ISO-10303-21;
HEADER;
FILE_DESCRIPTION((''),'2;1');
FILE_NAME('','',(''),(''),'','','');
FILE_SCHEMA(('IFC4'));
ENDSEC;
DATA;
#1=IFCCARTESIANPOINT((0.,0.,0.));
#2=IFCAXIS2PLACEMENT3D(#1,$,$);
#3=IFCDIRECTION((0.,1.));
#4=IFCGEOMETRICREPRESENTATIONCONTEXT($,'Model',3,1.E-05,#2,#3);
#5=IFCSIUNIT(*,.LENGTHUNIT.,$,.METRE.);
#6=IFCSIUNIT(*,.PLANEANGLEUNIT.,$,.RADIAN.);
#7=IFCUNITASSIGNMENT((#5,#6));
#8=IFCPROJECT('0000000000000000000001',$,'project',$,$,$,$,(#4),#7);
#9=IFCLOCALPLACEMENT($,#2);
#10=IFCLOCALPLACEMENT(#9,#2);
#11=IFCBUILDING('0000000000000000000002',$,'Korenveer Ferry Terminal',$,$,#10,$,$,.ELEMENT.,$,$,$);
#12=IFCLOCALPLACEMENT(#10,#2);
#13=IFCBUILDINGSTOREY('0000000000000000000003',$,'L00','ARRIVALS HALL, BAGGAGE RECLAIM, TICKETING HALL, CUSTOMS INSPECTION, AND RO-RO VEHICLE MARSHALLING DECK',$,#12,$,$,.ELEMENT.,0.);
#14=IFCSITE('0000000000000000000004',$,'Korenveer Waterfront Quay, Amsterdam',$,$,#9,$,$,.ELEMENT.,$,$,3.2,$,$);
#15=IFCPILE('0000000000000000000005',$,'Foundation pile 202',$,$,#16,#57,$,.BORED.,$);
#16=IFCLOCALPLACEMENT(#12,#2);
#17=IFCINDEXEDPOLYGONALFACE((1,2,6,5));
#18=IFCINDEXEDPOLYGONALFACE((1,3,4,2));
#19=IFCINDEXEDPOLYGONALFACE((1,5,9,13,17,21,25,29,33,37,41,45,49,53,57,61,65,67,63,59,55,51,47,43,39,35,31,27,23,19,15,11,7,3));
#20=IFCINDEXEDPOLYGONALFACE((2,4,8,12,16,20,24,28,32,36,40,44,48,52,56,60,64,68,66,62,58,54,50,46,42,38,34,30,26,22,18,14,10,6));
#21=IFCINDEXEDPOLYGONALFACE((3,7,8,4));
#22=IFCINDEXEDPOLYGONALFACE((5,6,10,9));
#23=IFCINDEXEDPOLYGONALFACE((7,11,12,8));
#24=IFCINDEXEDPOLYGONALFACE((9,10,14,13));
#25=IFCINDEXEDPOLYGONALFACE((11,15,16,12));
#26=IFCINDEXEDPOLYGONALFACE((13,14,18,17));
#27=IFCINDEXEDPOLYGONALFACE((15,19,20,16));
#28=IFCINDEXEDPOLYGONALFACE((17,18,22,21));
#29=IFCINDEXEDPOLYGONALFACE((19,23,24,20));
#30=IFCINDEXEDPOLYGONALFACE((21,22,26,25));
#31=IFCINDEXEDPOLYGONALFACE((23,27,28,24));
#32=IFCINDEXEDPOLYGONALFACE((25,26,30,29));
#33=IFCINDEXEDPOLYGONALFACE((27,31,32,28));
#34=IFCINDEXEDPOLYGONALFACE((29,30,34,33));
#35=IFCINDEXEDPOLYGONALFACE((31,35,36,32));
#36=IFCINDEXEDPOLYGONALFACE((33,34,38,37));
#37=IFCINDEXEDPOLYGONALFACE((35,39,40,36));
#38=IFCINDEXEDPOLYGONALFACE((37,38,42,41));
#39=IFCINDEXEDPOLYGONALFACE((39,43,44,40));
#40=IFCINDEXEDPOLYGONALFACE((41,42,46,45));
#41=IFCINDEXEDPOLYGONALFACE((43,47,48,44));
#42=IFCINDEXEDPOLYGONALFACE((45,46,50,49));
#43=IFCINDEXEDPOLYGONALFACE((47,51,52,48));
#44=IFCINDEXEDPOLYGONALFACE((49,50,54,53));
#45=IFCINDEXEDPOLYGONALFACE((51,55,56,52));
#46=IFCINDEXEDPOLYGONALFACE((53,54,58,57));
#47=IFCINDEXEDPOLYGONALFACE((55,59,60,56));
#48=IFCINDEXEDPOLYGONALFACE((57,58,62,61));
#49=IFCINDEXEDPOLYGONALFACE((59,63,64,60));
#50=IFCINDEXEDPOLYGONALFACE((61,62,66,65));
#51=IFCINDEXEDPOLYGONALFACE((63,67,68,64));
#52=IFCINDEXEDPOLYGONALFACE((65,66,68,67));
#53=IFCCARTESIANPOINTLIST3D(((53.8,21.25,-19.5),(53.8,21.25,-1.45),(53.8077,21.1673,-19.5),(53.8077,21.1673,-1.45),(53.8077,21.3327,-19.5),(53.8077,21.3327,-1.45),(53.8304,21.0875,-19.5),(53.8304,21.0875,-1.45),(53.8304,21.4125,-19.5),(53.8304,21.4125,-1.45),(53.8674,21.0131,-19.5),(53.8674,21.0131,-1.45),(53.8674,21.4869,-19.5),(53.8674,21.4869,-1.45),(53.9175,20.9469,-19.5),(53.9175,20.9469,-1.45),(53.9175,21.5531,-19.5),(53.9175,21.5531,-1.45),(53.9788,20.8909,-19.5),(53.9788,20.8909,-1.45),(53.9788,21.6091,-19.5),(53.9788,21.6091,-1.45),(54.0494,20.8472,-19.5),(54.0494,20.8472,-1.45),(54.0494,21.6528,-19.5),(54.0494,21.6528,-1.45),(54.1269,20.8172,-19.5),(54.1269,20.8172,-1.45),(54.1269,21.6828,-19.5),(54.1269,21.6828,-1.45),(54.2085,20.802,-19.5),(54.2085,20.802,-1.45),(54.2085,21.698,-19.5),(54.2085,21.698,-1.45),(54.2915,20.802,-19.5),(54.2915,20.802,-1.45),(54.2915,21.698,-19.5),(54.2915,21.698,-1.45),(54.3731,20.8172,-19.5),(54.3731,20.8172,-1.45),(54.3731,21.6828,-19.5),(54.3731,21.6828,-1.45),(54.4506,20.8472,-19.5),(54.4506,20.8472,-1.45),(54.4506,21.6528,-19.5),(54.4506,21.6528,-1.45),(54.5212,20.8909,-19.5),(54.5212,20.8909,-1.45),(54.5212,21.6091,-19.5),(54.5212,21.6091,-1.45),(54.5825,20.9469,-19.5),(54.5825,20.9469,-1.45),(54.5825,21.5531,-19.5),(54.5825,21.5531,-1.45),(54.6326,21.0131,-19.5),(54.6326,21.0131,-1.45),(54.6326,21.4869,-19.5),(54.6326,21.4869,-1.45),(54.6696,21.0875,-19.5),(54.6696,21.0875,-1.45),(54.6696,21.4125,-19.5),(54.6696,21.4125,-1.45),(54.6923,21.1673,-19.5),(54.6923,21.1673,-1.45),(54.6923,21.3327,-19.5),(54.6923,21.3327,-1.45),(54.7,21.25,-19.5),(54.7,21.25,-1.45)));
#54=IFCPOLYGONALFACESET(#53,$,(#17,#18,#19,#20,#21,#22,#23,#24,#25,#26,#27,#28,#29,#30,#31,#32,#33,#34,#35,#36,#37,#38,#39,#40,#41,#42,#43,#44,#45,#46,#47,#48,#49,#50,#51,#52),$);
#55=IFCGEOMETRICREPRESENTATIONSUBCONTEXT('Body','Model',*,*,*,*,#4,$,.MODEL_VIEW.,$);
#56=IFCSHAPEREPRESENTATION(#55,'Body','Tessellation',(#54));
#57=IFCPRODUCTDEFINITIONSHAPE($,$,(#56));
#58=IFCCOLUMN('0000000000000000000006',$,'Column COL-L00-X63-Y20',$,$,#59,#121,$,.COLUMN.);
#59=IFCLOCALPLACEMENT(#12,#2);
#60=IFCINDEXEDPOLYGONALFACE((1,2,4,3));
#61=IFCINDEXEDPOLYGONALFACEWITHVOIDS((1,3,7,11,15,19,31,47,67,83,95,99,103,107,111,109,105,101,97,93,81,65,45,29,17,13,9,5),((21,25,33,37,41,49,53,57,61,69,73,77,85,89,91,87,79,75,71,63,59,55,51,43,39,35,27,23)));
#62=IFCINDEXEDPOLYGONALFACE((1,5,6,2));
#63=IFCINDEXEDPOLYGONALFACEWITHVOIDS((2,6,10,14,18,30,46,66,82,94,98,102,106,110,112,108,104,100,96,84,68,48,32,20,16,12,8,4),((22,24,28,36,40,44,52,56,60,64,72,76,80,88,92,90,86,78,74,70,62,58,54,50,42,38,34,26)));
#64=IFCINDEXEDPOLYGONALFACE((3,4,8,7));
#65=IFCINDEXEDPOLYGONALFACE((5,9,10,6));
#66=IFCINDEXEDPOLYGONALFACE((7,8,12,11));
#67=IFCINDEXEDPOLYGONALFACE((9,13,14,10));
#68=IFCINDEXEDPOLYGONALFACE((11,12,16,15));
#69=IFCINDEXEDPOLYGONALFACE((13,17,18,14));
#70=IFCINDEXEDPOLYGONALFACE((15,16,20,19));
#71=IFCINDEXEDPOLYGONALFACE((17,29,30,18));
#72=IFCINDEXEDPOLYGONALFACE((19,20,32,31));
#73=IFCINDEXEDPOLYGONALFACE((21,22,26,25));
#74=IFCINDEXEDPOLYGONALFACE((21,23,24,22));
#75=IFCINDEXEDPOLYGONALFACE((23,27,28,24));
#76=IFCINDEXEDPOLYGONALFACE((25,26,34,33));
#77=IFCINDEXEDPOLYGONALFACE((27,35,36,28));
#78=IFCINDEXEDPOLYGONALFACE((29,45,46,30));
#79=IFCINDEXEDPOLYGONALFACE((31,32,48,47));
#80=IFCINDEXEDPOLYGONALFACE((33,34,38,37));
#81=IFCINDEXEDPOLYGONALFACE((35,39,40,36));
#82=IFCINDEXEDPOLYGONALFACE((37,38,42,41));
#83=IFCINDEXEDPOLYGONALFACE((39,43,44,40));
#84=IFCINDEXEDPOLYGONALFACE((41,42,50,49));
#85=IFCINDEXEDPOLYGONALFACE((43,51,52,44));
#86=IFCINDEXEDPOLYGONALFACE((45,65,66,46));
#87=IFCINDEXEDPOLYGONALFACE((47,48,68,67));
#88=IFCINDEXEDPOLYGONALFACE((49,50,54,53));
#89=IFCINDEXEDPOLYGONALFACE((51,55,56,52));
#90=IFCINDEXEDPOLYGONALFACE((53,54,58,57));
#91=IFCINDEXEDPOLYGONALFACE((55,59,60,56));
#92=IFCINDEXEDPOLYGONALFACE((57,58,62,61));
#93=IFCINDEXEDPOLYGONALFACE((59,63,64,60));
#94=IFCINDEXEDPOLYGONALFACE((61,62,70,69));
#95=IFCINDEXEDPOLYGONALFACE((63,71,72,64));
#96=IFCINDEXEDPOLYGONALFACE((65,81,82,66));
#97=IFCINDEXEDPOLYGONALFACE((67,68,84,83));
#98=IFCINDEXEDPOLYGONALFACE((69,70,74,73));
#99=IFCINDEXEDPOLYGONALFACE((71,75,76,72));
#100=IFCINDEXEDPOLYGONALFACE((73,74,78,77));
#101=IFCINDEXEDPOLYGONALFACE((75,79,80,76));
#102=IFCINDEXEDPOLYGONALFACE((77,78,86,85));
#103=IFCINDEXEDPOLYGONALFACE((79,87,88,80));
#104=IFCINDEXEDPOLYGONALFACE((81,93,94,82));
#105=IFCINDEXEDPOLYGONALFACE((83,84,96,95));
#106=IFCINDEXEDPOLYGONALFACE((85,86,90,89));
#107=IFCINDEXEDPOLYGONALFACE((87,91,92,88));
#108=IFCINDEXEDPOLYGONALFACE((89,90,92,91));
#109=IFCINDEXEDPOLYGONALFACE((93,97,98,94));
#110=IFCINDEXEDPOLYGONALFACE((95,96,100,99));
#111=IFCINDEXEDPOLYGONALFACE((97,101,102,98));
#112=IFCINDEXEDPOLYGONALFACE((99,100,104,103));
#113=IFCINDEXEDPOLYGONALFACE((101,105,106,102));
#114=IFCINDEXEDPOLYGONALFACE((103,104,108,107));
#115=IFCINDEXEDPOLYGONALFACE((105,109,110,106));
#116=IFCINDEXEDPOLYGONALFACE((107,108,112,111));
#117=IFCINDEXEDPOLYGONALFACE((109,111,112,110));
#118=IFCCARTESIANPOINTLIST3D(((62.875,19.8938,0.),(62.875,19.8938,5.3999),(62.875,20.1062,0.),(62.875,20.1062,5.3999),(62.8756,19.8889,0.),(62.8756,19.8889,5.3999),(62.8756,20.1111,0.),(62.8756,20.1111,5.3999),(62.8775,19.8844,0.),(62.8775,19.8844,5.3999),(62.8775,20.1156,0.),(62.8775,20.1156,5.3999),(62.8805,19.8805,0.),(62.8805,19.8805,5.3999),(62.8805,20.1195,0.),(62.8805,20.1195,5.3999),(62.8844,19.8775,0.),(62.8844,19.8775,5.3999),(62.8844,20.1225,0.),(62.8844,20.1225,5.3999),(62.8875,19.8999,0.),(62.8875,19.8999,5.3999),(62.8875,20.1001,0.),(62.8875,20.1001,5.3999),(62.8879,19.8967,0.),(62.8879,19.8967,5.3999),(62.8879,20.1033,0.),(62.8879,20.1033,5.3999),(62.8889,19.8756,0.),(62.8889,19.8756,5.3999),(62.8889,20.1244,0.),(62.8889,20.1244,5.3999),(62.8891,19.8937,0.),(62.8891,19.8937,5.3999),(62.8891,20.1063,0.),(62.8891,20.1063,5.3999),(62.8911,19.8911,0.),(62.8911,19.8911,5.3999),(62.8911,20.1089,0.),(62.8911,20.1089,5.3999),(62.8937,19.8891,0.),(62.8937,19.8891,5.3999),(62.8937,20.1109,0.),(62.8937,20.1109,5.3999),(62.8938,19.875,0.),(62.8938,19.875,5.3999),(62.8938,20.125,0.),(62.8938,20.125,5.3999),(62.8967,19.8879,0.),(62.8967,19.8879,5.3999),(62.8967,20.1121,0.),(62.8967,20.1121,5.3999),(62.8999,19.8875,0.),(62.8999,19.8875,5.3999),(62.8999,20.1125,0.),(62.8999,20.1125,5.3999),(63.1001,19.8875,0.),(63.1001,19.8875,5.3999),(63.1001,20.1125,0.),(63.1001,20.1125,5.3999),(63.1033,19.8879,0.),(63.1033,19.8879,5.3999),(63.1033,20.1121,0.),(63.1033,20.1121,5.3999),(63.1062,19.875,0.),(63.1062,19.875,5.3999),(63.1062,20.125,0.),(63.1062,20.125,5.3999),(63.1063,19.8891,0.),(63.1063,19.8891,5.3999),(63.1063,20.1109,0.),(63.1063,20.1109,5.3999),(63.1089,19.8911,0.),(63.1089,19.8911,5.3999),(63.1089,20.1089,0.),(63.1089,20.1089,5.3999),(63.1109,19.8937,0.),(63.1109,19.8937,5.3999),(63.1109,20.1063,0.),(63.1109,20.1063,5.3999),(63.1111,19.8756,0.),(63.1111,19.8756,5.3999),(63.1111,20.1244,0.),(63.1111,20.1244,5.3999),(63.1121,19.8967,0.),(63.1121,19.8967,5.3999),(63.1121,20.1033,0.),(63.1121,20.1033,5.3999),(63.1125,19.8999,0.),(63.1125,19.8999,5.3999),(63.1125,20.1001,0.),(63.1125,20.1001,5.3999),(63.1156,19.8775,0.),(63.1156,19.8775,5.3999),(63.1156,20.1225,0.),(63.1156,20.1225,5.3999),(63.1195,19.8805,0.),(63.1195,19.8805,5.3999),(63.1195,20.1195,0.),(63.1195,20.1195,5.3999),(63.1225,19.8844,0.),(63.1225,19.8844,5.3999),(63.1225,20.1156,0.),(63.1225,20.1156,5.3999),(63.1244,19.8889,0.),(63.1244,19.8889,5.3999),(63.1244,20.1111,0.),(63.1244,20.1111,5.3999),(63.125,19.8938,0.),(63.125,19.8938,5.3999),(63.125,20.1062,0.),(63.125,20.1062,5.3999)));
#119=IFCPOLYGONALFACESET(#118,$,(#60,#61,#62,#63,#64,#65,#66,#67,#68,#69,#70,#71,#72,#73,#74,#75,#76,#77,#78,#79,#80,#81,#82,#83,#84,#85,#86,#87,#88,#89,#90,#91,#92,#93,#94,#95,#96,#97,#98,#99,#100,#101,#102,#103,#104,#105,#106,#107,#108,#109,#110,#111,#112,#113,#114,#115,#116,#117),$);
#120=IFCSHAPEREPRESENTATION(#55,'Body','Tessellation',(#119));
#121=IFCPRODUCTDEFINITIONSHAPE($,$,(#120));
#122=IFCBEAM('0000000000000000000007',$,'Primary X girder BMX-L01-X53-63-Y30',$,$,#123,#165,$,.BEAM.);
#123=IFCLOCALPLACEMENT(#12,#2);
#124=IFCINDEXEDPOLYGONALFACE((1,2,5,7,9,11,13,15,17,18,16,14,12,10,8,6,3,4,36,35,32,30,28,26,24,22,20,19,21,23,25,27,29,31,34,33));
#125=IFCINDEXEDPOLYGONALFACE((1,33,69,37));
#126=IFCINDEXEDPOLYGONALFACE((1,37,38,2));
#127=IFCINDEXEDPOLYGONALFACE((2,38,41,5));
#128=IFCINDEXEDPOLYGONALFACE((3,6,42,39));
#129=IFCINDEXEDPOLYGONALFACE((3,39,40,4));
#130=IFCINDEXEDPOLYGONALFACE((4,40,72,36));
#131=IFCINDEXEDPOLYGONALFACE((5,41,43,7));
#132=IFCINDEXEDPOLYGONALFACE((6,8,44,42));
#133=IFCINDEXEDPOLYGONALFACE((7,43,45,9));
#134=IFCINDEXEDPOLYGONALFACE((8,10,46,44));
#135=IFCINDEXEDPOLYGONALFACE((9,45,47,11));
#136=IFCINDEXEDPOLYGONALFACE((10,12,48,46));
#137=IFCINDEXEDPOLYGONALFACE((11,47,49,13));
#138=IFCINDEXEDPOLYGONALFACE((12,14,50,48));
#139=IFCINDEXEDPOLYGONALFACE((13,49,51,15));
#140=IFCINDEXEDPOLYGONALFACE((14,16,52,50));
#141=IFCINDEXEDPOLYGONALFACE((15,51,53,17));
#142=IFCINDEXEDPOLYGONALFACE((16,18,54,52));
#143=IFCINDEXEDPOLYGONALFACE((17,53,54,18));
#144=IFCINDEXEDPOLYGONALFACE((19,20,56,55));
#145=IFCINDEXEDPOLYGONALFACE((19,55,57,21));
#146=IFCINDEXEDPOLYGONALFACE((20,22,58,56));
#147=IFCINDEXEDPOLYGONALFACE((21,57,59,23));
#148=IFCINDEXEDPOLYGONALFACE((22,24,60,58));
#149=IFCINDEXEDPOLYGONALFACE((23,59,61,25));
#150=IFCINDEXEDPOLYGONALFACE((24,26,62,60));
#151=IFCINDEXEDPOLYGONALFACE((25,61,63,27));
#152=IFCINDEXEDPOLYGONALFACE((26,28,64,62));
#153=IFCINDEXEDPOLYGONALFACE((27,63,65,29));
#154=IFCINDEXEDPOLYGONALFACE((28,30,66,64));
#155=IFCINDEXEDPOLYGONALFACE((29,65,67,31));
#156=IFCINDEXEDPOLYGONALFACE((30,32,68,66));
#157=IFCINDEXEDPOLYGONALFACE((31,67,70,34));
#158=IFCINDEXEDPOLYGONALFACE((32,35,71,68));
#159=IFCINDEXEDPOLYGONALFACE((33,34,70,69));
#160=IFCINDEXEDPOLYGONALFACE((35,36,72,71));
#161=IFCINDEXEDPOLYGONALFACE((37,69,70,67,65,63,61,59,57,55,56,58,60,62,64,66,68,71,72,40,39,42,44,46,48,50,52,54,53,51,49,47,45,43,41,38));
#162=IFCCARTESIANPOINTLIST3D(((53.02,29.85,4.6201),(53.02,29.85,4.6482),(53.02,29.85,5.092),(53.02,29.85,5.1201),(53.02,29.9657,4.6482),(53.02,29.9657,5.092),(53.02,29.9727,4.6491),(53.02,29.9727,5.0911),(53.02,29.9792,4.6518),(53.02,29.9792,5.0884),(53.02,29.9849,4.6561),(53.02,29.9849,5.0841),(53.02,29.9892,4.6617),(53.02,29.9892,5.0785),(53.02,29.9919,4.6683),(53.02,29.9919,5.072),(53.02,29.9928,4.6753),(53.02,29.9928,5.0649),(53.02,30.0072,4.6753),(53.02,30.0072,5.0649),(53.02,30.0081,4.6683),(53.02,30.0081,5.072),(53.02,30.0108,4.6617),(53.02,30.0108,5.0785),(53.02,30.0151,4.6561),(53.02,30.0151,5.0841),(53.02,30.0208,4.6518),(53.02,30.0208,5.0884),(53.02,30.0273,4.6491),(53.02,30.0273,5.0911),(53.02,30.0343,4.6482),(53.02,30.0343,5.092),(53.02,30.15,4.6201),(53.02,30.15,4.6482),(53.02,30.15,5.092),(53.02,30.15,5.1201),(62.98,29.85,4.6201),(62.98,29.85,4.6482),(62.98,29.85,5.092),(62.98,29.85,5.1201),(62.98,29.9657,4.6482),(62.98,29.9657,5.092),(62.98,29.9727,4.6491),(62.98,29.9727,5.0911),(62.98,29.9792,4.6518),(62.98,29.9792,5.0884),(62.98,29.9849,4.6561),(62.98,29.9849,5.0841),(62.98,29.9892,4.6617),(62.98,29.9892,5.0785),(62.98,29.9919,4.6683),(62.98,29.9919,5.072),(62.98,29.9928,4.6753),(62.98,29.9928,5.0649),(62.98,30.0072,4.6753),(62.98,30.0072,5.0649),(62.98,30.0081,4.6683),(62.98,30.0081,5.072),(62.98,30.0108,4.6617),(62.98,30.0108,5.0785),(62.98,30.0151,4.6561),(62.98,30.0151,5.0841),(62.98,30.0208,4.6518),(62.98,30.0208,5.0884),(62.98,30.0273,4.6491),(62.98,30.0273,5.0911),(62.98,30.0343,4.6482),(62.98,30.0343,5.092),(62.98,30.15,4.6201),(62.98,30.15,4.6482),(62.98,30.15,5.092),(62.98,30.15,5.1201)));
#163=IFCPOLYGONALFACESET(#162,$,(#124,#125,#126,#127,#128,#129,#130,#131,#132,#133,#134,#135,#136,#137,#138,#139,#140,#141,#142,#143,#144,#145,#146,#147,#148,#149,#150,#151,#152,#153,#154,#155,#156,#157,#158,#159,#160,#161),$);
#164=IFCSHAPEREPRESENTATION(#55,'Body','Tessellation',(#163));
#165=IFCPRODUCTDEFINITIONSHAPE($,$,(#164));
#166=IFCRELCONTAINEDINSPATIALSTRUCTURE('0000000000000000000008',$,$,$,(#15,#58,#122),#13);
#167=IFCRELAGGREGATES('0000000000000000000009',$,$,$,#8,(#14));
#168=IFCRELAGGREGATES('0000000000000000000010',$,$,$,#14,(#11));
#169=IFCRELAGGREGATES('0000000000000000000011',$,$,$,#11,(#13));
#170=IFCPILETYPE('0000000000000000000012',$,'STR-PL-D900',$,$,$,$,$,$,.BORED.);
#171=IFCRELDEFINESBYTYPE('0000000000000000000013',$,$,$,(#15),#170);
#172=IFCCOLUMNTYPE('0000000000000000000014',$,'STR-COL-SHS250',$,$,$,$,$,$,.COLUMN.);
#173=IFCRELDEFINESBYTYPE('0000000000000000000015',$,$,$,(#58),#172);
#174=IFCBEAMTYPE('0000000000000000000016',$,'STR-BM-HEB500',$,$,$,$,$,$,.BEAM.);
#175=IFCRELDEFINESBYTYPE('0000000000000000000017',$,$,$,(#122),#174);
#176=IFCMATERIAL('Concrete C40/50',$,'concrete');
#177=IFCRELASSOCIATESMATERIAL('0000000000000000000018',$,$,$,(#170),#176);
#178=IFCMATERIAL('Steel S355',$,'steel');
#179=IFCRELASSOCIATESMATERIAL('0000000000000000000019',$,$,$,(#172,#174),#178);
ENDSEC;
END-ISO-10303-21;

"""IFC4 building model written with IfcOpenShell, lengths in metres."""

from ifc_helpers import new_model, si_unit, direction, frame, origin, origin_2d, place, context, subcontext, project, spatial, hollow_rectangle, circle, i_section, extrude, material, material_profile, profile_set, type_object, element, save


model = new_model("IFC4")

# Units and contexts
model_context = context("Model", 3, precision=1e-05, world=origin(), true_north=direction((0.0, 1.0)))
body_context = subcontext(model_context, "Body", "Model", "MODEL_VIEW")
ifc_project = project(units=[si_unit("LENGTHUNIT", "METRE"), si_unit("PLANEANGLEUNIT", "RADIAN")], contexts=[model_context])

# Site, building, storey
site_placement = place(None, origin())
site = spatial("IfcSite", under=ifc_project, at=site_placement, Name="Korenveer Waterfront Quay, Amsterdam", CompositionType="ELEMENT", RefElevation=3.2)
building_placement = place(site_placement, origin())
building = spatial("IfcBuilding", under=site, at=building_placement, Name="Korenveer Ferry Terminal", CompositionType="ELEMENT")
storey_placement = place(building_placement, origin())
storey = spatial("IfcBuildingStorey", under=building, at=storey_placement, Name="L00", Description="ARRIVALS HALL, BAGGAGE RECLAIM, TICKETING HALL, CUSTOMS INSPECTION, AND RO-RO VEHICLE MARSHALLING DECK", CompositionType="ELEMENT", Elevation=0.0)

# Shared definitions
ifc_material_1 = material(Name="Concrete C40/50", Category="concrete")

# Pile
ifc_material_profile_1 = material_profile(ifc_material_1, circle(Radius=0.45, at=origin_2d()), Name="PILE D900")
ifc_profile_set_1 = profile_set([ifc_material_profile_1], Name="Concrete C40/50")
pile_type_1 = type_object("IfcPileType", Name="STR-PL-D900", PredefinedType="BORED", material=ifc_profile_set_1)
pile_1_placement = place(storey_placement, frame((54.25, 21.25, -1.45), z_axis=(0.0, 0.0, -1.0), x_axis=(1.0, 0.0, 0.0)))
element("IfcPile", 1, at=pile_1_placement, inside=storey, type_object=pile_type_1, Name="Foundation pile 202", PredefinedType="BORED", context=body_context, shape_type="SweptSolid", body=[
    extrude(circle(Radius=0.45, at=origin_2d()), origin(), (0.0, 0.0, 1.0), 18.05),
])

# Column
ifc_material_2 = material(Name="Steel S355", Category="steel")
ifc_material_profile_2 = material_profile(ifc_material_2, hollow_rectangle(XDim=0.25, YDim=0.25, WallThickness=0.0125, InnerFilletRadius=0.0125, OuterFilletRadius=0.0188, at=origin_2d()), Name="SHS 250x250x12.5")
ifc_profile_set_2 = profile_set([ifc_material_profile_2], Name="Steel S355")
column_type = type_object("IfcColumnType", Name="STR-COL-SHS250", PredefinedType="COLUMN", material=ifc_profile_set_2)
column_placement = place(storey_placement, frame((63.0, 20.0, 0.0), z_axis=(0.0, 0.0, 1.0), x_axis=(1.0, 0.0, 0.0)))
element("IfcColumn", 2, at=column_placement, inside=storey, type_object=column_type, Name="Column COL-L00-X63-Y20", PredefinedType="COLUMN", context=body_context, shape_type="SweptSolid", body=[
    extrude(hollow_rectangle(XDim=0.25, YDim=0.25, WallThickness=0.0125, InnerFilletRadius=0.0125, OuterFilletRadius=0.0188, at=origin_2d()), origin(), (0.0, 0.0, 1.0), 5.3999),
])

# Beam
ifc_material_profile_3 = material_profile(ifc_material_2, i_section(OverallWidth=0.3, OverallDepth=0.5, WebThickness=0.0144, FlangeThickness=0.0281, FilletRadius=0.0271, at=origin_2d()), Name="HEB 500")
ifc_profile_set_3 = profile_set([ifc_material_profile_3], Name="Steel S355")
beam_type_1 = type_object("IfcBeamType", Name="STR-BM-HEB500", PredefinedType="BEAM", material=ifc_profile_set_3)
beam_1_placement = place(storey_placement, frame((53.02, 30.0, 4.8701), z_axis=(1.0, 0.0, 0.0), x_axis=(0.0, 1.0, 0.0)))
element("IfcBeam", 3, at=beam_1_placement, inside=storey, type_object=beam_type_1, Name="Primary X girder BMX-L01-X53-63-Y30", PredefinedType="BEAM", context=body_context, shape_type="SweptSolid", body=[
    extrude(i_section(OverallWidth=0.3, OverallDepth=0.5, WebThickness=0.0144, FlangeThickness=0.0281, FilletRadius=0.0271, at=origin_2d()), origin(), (0.0, 0.0, 1.0), 9.96),
])

save(model, "model.ifc")
